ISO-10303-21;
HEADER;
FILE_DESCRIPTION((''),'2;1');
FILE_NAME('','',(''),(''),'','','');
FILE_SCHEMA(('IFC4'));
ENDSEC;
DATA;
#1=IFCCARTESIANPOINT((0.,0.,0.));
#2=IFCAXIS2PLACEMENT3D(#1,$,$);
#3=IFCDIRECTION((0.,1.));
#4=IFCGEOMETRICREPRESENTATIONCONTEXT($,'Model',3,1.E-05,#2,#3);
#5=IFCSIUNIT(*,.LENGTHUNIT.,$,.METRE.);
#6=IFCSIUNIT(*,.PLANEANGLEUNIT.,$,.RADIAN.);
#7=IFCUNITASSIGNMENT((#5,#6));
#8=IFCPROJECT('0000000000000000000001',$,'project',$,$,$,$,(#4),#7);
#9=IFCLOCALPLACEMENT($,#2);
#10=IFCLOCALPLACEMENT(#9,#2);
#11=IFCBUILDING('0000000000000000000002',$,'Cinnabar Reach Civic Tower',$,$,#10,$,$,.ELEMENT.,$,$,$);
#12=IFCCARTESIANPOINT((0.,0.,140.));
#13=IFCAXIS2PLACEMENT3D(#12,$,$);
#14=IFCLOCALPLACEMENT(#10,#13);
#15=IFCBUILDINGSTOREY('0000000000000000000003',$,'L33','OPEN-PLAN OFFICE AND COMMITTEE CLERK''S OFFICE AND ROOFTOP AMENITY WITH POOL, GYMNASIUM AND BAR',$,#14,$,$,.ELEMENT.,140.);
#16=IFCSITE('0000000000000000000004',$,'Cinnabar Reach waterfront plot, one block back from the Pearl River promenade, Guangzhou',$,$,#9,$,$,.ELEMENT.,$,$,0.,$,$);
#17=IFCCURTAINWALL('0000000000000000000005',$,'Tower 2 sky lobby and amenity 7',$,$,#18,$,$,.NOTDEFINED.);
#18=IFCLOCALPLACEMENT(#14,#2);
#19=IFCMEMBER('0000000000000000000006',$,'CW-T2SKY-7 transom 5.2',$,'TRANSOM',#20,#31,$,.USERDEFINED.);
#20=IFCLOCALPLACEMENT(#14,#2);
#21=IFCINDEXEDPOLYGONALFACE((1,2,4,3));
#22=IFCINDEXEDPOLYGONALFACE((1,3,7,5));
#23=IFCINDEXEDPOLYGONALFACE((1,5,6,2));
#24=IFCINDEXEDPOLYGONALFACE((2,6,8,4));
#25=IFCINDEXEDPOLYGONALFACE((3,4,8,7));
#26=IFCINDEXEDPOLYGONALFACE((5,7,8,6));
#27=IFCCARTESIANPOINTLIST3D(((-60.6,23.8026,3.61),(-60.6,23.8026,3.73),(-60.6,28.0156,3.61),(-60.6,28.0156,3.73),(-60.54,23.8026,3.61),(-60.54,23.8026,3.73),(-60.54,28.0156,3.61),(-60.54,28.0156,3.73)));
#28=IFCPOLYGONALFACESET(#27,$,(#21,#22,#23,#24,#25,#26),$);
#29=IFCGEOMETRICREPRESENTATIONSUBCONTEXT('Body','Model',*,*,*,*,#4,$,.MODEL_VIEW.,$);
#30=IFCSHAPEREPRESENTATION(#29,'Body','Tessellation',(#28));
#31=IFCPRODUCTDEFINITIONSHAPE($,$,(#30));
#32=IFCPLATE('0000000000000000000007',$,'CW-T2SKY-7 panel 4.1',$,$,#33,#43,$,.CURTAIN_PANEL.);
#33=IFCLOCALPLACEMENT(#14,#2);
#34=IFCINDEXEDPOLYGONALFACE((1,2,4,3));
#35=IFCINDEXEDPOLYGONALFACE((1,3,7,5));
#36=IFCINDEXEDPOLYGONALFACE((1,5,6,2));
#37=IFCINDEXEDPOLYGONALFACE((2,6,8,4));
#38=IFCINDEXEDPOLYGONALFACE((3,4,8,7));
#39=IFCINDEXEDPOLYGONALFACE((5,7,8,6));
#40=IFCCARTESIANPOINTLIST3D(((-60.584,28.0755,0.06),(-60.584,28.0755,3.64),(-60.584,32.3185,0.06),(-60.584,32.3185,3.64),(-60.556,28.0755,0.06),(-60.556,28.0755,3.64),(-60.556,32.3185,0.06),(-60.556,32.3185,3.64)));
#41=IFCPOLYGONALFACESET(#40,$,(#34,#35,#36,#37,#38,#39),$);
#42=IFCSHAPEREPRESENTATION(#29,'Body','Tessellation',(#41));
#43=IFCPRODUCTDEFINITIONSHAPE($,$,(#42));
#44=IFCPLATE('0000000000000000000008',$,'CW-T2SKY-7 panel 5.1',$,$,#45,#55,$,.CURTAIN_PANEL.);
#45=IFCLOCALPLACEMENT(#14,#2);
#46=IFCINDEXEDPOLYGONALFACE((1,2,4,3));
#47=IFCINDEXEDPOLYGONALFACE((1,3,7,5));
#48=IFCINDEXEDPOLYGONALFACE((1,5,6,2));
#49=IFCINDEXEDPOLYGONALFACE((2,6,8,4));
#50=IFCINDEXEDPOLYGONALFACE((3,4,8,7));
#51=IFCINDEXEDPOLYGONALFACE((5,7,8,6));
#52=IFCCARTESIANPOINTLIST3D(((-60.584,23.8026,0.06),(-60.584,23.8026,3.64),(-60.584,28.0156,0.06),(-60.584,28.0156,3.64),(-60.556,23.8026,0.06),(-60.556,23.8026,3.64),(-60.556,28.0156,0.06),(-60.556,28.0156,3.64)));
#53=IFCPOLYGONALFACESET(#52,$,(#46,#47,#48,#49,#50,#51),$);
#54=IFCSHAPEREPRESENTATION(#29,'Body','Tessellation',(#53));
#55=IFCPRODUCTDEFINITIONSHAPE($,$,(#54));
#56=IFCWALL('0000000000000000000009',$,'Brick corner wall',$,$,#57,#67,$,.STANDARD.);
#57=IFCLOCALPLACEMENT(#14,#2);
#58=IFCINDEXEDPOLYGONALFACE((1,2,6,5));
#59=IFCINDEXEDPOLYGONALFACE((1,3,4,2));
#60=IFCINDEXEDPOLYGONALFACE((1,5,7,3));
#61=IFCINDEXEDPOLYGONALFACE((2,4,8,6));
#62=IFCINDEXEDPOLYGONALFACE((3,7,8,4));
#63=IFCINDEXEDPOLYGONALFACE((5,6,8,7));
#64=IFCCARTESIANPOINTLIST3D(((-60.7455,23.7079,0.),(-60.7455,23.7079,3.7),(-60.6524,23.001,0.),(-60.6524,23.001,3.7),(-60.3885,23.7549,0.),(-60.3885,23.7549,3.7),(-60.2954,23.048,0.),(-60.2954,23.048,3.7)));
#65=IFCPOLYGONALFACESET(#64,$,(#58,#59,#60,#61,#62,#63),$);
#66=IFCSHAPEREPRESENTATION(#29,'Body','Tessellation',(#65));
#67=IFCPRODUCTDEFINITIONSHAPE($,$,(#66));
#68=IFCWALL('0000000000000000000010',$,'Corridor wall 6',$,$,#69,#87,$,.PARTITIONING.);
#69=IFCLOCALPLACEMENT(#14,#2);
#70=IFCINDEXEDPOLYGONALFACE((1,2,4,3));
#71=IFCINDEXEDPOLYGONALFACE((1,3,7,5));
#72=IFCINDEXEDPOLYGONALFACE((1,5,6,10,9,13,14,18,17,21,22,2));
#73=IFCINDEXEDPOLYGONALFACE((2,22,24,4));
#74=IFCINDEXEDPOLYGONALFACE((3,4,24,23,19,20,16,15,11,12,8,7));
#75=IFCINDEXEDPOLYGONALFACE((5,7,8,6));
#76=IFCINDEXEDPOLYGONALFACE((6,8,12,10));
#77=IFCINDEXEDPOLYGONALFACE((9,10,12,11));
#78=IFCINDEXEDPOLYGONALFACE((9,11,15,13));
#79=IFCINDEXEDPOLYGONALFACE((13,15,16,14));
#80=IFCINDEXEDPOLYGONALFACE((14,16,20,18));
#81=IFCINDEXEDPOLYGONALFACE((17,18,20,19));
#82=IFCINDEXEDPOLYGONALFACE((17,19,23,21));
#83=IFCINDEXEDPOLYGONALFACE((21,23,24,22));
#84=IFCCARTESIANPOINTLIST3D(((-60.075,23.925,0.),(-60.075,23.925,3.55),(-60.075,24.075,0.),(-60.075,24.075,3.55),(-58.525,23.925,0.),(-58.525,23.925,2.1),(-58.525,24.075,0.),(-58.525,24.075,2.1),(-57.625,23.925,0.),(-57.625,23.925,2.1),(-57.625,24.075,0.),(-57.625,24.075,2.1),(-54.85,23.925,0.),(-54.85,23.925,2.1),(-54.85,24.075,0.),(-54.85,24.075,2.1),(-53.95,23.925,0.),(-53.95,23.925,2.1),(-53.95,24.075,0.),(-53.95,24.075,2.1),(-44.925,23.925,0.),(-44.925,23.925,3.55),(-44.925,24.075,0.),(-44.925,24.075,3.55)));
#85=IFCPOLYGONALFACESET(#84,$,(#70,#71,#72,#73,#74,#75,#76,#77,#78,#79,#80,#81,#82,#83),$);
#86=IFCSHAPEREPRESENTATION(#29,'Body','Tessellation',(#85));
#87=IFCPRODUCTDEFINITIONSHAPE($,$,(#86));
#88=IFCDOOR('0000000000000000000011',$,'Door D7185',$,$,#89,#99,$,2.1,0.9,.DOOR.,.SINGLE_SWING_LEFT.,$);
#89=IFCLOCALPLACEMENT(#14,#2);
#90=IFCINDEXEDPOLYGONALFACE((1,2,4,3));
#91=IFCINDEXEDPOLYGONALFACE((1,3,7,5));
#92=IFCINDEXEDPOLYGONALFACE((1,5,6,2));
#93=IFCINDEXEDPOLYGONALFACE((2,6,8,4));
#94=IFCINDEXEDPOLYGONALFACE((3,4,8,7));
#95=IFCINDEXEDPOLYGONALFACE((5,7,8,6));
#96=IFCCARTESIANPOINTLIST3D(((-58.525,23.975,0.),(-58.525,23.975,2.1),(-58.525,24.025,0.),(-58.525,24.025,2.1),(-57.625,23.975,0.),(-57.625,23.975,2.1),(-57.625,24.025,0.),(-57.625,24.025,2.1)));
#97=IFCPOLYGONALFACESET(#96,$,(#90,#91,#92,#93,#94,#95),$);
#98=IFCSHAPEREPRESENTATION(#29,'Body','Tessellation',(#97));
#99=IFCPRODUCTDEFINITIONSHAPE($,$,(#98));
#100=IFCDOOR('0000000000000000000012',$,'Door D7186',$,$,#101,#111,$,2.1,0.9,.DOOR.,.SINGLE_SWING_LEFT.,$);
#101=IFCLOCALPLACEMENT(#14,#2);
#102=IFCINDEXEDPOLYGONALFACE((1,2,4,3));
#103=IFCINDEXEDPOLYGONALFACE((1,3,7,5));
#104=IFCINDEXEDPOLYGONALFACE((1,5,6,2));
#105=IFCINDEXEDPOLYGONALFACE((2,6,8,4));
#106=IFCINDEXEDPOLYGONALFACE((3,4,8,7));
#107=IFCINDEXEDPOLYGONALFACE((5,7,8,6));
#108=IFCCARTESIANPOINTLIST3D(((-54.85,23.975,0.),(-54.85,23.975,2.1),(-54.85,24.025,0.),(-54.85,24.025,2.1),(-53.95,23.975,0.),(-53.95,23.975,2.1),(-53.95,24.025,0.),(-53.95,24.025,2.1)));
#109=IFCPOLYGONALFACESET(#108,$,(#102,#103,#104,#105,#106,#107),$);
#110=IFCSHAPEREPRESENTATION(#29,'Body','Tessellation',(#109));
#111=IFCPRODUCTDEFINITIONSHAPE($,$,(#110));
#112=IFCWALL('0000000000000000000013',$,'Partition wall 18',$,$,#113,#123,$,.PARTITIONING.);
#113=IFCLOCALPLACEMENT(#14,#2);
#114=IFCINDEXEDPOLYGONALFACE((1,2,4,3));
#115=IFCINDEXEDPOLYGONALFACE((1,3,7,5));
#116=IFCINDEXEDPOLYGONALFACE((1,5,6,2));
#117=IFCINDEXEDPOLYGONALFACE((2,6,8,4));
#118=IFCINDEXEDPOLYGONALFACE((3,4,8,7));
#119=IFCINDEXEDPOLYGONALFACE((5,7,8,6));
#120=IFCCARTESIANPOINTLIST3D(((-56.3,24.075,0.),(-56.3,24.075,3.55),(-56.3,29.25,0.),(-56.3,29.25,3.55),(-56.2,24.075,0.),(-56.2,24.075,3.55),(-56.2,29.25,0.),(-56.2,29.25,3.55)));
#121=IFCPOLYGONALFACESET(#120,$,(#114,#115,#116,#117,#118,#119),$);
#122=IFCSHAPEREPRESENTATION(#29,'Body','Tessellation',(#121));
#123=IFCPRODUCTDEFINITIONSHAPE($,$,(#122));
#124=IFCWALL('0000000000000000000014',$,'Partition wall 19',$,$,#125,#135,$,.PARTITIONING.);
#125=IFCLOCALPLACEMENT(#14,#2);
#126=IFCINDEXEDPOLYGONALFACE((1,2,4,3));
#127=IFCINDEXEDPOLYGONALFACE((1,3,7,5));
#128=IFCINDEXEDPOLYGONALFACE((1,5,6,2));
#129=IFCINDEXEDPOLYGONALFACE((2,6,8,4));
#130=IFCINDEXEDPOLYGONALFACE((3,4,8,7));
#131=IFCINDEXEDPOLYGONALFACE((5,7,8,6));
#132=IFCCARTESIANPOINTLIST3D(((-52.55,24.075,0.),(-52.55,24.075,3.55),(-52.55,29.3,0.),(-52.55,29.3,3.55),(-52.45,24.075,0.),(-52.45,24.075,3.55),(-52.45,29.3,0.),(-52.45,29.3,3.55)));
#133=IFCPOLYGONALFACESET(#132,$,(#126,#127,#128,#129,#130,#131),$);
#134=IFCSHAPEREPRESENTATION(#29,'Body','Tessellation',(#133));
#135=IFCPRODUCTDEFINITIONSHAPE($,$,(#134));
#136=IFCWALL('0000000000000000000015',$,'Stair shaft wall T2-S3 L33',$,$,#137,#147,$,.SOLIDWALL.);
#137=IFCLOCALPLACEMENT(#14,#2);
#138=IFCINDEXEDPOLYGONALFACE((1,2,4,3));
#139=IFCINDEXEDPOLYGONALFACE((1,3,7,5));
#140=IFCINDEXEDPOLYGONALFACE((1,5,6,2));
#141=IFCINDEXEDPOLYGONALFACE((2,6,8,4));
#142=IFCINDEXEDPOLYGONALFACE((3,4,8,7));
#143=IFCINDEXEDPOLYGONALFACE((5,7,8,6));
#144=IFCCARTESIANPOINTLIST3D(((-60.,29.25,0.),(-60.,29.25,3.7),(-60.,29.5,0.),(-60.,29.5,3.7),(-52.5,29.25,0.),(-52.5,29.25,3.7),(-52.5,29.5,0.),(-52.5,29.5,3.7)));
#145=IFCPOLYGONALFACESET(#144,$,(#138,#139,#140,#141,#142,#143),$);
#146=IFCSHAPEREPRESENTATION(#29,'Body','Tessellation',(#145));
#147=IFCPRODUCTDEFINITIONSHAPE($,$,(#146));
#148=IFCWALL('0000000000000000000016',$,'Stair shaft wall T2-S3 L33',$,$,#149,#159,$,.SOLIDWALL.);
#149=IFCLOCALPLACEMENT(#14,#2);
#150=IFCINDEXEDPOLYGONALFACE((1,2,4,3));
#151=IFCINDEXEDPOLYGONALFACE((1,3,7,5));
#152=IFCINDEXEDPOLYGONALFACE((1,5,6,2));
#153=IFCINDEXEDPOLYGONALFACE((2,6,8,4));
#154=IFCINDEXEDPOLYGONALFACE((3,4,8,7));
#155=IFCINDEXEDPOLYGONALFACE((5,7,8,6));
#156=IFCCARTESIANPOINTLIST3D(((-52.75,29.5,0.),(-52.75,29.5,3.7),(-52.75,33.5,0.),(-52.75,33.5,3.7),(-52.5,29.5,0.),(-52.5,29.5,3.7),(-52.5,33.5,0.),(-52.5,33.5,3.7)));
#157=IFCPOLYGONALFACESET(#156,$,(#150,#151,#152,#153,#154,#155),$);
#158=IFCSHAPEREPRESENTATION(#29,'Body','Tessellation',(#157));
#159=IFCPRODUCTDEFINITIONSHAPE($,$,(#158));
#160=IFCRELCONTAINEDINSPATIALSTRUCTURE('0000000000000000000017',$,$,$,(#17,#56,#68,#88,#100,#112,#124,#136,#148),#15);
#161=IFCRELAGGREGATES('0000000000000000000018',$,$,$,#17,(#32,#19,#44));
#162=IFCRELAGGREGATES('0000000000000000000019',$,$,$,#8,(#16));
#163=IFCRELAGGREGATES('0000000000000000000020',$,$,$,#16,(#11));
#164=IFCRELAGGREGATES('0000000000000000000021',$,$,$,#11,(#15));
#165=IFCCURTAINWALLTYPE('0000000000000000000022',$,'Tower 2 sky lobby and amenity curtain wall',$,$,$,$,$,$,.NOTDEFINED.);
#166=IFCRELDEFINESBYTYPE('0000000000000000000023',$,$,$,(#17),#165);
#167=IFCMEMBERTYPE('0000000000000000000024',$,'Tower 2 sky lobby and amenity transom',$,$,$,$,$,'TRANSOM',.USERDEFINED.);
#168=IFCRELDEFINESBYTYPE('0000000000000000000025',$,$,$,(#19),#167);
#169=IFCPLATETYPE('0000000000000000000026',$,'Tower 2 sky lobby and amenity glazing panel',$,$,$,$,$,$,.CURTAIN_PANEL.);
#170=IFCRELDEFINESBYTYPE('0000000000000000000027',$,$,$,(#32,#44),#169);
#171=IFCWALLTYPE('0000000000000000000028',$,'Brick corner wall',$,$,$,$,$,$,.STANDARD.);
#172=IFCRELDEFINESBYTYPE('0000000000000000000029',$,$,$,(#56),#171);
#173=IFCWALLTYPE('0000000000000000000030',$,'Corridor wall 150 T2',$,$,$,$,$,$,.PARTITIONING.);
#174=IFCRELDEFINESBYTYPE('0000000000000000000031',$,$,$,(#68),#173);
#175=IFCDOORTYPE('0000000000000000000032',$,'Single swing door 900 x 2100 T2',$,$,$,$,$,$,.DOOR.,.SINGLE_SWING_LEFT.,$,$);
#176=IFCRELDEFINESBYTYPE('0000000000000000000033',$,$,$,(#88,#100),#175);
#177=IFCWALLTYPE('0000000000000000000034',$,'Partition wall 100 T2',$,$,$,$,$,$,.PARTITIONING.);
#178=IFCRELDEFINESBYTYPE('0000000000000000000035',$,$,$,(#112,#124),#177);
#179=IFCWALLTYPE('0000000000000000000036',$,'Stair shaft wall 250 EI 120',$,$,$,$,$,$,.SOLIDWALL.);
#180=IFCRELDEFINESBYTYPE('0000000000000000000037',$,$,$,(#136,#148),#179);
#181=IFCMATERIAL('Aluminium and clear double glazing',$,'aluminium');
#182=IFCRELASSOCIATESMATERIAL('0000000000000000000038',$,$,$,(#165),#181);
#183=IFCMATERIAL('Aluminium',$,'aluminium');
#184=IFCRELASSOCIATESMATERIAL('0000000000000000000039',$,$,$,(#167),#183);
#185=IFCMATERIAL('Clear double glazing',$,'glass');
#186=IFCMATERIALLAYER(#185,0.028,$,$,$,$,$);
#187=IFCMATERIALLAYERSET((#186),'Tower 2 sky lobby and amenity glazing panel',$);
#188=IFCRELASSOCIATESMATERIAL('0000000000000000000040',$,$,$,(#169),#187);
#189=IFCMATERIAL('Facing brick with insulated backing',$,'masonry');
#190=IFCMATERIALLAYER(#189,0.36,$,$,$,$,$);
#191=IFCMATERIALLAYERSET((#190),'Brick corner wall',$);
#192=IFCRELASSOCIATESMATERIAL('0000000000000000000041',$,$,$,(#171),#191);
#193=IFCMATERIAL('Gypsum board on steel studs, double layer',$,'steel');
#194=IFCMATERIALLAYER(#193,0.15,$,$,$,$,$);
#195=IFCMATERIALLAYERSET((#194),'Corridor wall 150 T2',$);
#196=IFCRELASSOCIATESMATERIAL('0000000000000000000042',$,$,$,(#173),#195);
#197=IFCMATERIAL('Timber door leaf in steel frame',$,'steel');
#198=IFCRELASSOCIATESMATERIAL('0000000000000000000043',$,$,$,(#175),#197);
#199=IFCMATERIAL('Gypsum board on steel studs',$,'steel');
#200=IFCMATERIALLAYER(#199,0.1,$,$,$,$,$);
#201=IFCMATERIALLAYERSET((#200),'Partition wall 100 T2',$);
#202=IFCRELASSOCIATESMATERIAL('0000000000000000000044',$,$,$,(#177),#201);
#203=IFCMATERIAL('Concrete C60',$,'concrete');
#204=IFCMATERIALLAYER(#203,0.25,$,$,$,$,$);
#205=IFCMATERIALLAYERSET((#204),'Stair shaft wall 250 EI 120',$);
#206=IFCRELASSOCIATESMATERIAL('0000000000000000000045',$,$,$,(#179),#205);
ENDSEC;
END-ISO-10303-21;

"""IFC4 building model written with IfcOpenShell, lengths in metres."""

from ifc_helpers import new_model, si_unit, direction, frame, frame_2d, origin, origin_2d, place, context, subcontext, project, spatial, rectangle, extrude, material, layer, layer_set, material_profile, profile_set, type_object, element, fill, aggregate, save


model = new_model("IFC4")

# Units and contexts
model_context = context("Model", 3, precision=1e-05, world=origin(), true_north=direction((0.0, 1.0)))
body_context = subcontext(model_context, "Body", "Model", "MODEL_VIEW")
ifc_project = project(units=[si_unit("LENGTHUNIT", "METRE"), si_unit("PLANEANGLEUNIT", "RADIAN")], contexts=[model_context])

# Site, building, storey
site_placement = place(None, origin())
site = spatial("IfcSite", under=ifc_project, at=site_placement, Name="Cinnabar Reach waterfront plot, one block back from the Pearl River promenade, Guangzhou", CompositionType="ELEMENT", RefElevation=0.0)
building_placement = place(site_placement, origin())
building = spatial("IfcBuilding", under=site, at=building_placement, Name="Cinnabar Reach Civic Tower", CompositionType="ELEMENT")
storey_placement = place(building_placement, frame((0.0, 0.0, 140.0)))
storey = spatial("IfcBuildingStorey", under=building, at=storey_placement, Name="L33", Description="OPEN-PLAN OFFICE AND COMMITTEE CLERK'S OFFICE AND ROOFTOP AMENITY WITH POOL, GYMNASIUM AND BAR", CompositionType="ELEMENT", Elevation=140.0)

# Shared definitions
ifc_material_1 = material(Name="Concrete C60", Category="concrete")

# Curtain wall, member, plates
ifc_material_2 = material(Name="Aluminium and clear double glazing", Category="aluminium")
curtain_wall_type = type_object("IfcCurtainWallType", Name="Tower 2 sky lobby and amenity curtain wall", PredefinedType="NOTDEFINED", material=ifc_material_2)
curtain_wall_placement = place(storey_placement, origin())
curtain_wall = element("IfcCurtainWall", 1, at=curtain_wall_placement, inside=storey, type_object=curtain_wall_type, Name="Tower 2 sky lobby and amenity 7", PredefinedType="NOTDEFINED")
ifc_material_3 = material(Name="Aluminium", Category="aluminium")
ifc_material_profile_1 = material_profile(ifc_material_3, rectangle(XDim=0.06, YDim=0.12, at=origin_2d()), Name="Tower 2 sky lobby and amenity transom")
ifc_profile_set_1 = profile_set([ifc_material_profile_1], Name="Aluminium")
member_type_1 = type_object("IfcMemberType", Name="Tower 2 sky lobby and amenity transom", ElementType="TRANSOM", PredefinedType="USERDEFINED", material=ifc_profile_set_1)
member_1_placement = place(storey_placement, frame((-60.57, 28.0156, 3.67), z_axis=(0.0, -1.0, 0.0), x_axis=(1.0, 0.0, 0.0)))
member_1 = element("IfcMember", 2, at=member_1_placement, type_object=member_type_1, Name="CW-T2SKY-7 transom 5.2", ObjectType="TRANSOM", PredefinedType="USERDEFINED", context=body_context, shape_type="SweptSolid", body=[
    extrude(rectangle(XDim=0.06, YDim=0.12, at=origin_2d()), origin(), (0.0, 0.0, 1.0), 4.213),
])
ifc_material_4 = material(Name="Clear double glazing", Category="glass")
ifc_layer_1 = layer(ifc_material_4, 0.028)
ifc_layer_set_1 = layer_set([ifc_layer_1], Name="Tower 2 sky lobby and amenity glazing panel")
plate_type = type_object("IfcPlateType", Name="Tower 2 sky lobby and amenity glazing panel", PredefinedType="CURTAIN_PANEL", material=ifc_layer_set_1)
plate_1_placement = place(storey_placement, frame((-60.57, 30.197, 0.06), z_axis=(0.0, 0.0, 1.0), x_axis=(0.0, -1.0, 0.0)))
plate_1 = element("IfcPlate", 3, at=plate_1_placement, type_object=plate_type, Name="CW-T2SKY-7 panel 4.1", PredefinedType="CURTAIN_PANEL", context=body_context, shape_type="SweptSolid", body=[
    extrude(rectangle(XDim=4.243, YDim=0.028, at=origin_2d()), origin(), (0.0, 0.0, 1.0), 3.58),
])
plate_2_placement = place(storey_placement, frame((-60.57, 25.9091, 0.06), z_axis=(0.0, 0.0, 1.0), x_axis=(0.0, -1.0, 0.0)))
plate_2 = element("IfcPlate", 4, at=plate_2_placement, type_object=plate_type, Name="CW-T2SKY-7 panel 5.1", PredefinedType="CURTAIN_PANEL", context=body_context, shape_type="SweptSolid", body=[
    extrude(rectangle(XDim=4.213, YDim=0.028, at=origin_2d()), origin(), (0.0, 0.0, 1.0), 3.58),
])
aggregate(curtain_wall, [plate_1, member_1, plate_2])

# Wall
ifc_material_5 = material(Name="Facing brick with insulated backing", Category="masonry")
ifc_layer_2 = layer(ifc_material_5, 0.36)
ifc_layer_set_2 = layer_set([ifc_layer_2], Name="Brick corner wall")
wall_type_1 = type_object("IfcWallType", Name="Brick corner wall", PredefinedType="STANDARD", material=ifc_layer_set_2)
wall_1_placement = place(storey_placement, frame((-60.567, 23.7314, 0.0), z_axis=(0.0, 0.0, 1.0), x_axis=(0.130556, -0.991441, 0.0)))
element("IfcWall", 5, at=wall_1_placement, inside=storey, type_object=wall_type_1, Name="Brick corner wall", PredefinedType="STANDARD", context=body_context, shape_type="SweptSolid", body=[
    extrude(rectangle(XDim=0.7131, YDim=0.36, at=frame_2d((0.3565, 0.0))), origin(), (0.0, 0.0, 1.0), 3.7),
])

# Wall, openings, doors
ifc_material_6 = material(Name="Gypsum board on steel studs, double layer", Category="steel")
ifc_layer_3 = layer(ifc_material_6, 0.15)
ifc_layer_set_3 = layer_set([ifc_layer_3], Name="Corridor wall 150 T2")
wall_type_2 = type_object("IfcWallType", Name="Corridor wall 150 T2", PredefinedType="PARTITIONING", material=ifc_layer_set_3)
wall_2_placement = place(storey_placement, frame((-60.075, 24.0, 0.0), z_axis=(0.0, 0.0, 1.0), x_axis=(1.0, 0.0, 0.0)))
wall_2 = element("IfcWall", 6, at=wall_2_placement, inside=storey, type_object=wall_type_2, Name="Corridor wall 6", PredefinedType="PARTITIONING", context=body_context, shape_type="SweptSolid", body=[
    extrude(rectangle(XDim=15.15, YDim=0.15, at=frame_2d((7.575, 0.0))), origin(), (0.0, 0.0, 1.0), 3.55),
])
opening_1_placement = place(wall_2_placement, frame((1.55, 0.0, 0.0)))
opening_1 = element("IfcOpeningElement", 7, at=opening_1_placement, cuts=wall_2, PredefinedType="OPENING", context=body_context, shape_type="SweptSolid", body=[
    extrude(rectangle(XDim=0.9, YDim=2.1, at=frame_2d((0.45, 1.05))), frame((0.0, 0.085, 0.0), z_axis=(0.0, -1.0, 0.0), x_axis=(1.0, 0.0, 0.0)), (0.0, 0.0, 1.0), 0.17),
])
opening_2_placement = place(wall_2_placement, frame((5.225, 0.0, 0.0)))
opening_2 = element("IfcOpeningElement", 8, at=opening_2_placement, cuts=wall_2, PredefinedType="OPENING", context=body_context, shape_type="SweptSolid", body=[
    extrude(rectangle(XDim=0.9, YDim=2.1, at=frame_2d((0.45, 1.05))), frame((0.0, 0.085, 0.0), z_axis=(0.0, -1.0, 0.0), x_axis=(1.0, 0.0, 0.0)), (0.0, 0.0, 1.0), 0.17),
])
ifc_material_7 = material(Name="Timber door leaf in steel frame", Category="steel")
door_type = type_object("IfcDoorType", Name="Single swing door 900 x 2100 T2", OperationType="SINGLE_SWING_LEFT", PredefinedType="DOOR", material=ifc_material_7)
door_1_placement = place(opening_1_placement, origin())
door_1 = element("IfcDoor", 9, at=door_1_placement, inside=storey, type_object=door_type, Name="Door D7185", OperationType="SINGLE_SWING_LEFT", OverallHeight=2.1, OverallWidth=0.9, PredefinedType="DOOR", context=body_context, shape_type="SweptSolid", body=[
    extrude(rectangle(XDim=0.9, YDim=2.1, at=frame_2d((0.45, 1.05))), frame((0.0, 0.025, 0.0), z_axis=(0.0, -1.0, 0.0), x_axis=(1.0, 0.0, 0.0)), (0.0, 0.0, 1.0), 0.05),
])
fill(opening_1, door_1)
door_2_placement = place(opening_2_placement, origin())
door_2 = element("IfcDoor", 10, at=door_2_placement, inside=storey, type_object=door_type, Name="Door D7186", OperationType="SINGLE_SWING_LEFT", OverallHeight=2.1, OverallWidth=0.9, PredefinedType="DOOR", context=body_context, shape_type="SweptSolid", body=[
    extrude(rectangle(XDim=0.9, YDim=2.1, at=frame_2d((0.45, 1.05))), frame((0.0, 0.025, 0.0), z_axis=(0.0, -1.0, 0.0), x_axis=(1.0, 0.0, 0.0)), (0.0, 0.0, 1.0), 0.05),
])
fill(opening_2, door_2)

# Walls
ifc_material_8 = material(Name="Gypsum board on steel studs", Category="steel")
ifc_layer_4 = layer(ifc_material_8, 0.1)
ifc_layer_set_4 = layer_set([ifc_layer_4], Name="Partition wall 100 T2")
wall_type_3 = type_object("IfcWallType", Name="Partition wall 100 T2", PredefinedType="PARTITIONING", material=ifc_layer_set_4)
wall_3_placement = place(storey_placement, frame((-56.25, 24.075, 0.0), z_axis=(0.0, 0.0, 1.0), x_axis=(0.0, 1.0, 0.0)))
element("IfcWall", 11, at=wall_3_placement, inside=storey, type_object=wall_type_3, Name="Partition wall 18", PredefinedType="PARTITIONING", context=body_context, shape_type="SweptSolid", body=[
    extrude(rectangle(XDim=5.175, YDim=0.1, at=frame_2d((2.5875, 0.0))), origin(), (0.0, 0.0, 1.0), 3.55),
])
wall_4_placement = place(storey_placement, frame((-52.5, 24.075, 0.0), z_axis=(0.0, 0.0, 1.0), x_axis=(0.0, 1.0, 0.0)))
element("IfcWall", 12, at=wall_4_placement, inside=storey, type_object=wall_type_3, Name="Partition wall 19", PredefinedType="PARTITIONING", context=body_context, shape_type="SweptSolid", body=[
    extrude(rectangle(XDim=5.225, YDim=0.1, at=frame_2d((2.6125, 0.0))), origin(), (0.0, 0.0, 1.0), 3.55),
])
ifc_layer_5 = layer(ifc_material_1, 0.25)
ifc_layer_set_5 = layer_set([ifc_layer_5], Name="Stair shaft wall 250 EI 120")
wall_type_4 = type_object("IfcWallType", Name="Stair shaft wall 250 EI 120", PredefinedType="SOLIDWALL", material=ifc_layer_set_5)
wall_5_placement = place(storey_placement, frame((-60.0, 29.375, 0.0), z_axis=(0.0, 0.0, 1.0), x_axis=(1.0, 0.0, 0.0)))
element("IfcWall", 13, at=wall_5_placement, inside=storey, type_object=wall_type_4, Name="Stair shaft wall T2-S3 L33", PredefinedType="SOLIDWALL", context=body_context, shape_type="SweptSolid", body=[
    extrude(rectangle(XDim=7.5, YDim=0.25, at=frame_2d((3.75, 0.0))), origin(), (0.0, 0.0, 1.0), 3.7),
])
wall_6_placement = place(storey_placement, frame((-52.625, 29.5, 0.0), z_axis=(0.0, 0.0, 1.0), x_axis=(0.0, 1.0, 0.0)))
element("IfcWall", 14, at=wall_6_placement, inside=storey, type_object=wall_type_4, Name="Stair shaft wall T2-S3 L33", PredefinedType="SOLIDWALL", context=body_context, shape_type="SweptSolid", body=[
    extrude(rectangle(XDim=4.0, YDim=0.25, at=frame_2d((2.0, 0.0))), origin(), (0.0, 0.0, 1.0), 3.7),
])

save(model, "model.ifc")
